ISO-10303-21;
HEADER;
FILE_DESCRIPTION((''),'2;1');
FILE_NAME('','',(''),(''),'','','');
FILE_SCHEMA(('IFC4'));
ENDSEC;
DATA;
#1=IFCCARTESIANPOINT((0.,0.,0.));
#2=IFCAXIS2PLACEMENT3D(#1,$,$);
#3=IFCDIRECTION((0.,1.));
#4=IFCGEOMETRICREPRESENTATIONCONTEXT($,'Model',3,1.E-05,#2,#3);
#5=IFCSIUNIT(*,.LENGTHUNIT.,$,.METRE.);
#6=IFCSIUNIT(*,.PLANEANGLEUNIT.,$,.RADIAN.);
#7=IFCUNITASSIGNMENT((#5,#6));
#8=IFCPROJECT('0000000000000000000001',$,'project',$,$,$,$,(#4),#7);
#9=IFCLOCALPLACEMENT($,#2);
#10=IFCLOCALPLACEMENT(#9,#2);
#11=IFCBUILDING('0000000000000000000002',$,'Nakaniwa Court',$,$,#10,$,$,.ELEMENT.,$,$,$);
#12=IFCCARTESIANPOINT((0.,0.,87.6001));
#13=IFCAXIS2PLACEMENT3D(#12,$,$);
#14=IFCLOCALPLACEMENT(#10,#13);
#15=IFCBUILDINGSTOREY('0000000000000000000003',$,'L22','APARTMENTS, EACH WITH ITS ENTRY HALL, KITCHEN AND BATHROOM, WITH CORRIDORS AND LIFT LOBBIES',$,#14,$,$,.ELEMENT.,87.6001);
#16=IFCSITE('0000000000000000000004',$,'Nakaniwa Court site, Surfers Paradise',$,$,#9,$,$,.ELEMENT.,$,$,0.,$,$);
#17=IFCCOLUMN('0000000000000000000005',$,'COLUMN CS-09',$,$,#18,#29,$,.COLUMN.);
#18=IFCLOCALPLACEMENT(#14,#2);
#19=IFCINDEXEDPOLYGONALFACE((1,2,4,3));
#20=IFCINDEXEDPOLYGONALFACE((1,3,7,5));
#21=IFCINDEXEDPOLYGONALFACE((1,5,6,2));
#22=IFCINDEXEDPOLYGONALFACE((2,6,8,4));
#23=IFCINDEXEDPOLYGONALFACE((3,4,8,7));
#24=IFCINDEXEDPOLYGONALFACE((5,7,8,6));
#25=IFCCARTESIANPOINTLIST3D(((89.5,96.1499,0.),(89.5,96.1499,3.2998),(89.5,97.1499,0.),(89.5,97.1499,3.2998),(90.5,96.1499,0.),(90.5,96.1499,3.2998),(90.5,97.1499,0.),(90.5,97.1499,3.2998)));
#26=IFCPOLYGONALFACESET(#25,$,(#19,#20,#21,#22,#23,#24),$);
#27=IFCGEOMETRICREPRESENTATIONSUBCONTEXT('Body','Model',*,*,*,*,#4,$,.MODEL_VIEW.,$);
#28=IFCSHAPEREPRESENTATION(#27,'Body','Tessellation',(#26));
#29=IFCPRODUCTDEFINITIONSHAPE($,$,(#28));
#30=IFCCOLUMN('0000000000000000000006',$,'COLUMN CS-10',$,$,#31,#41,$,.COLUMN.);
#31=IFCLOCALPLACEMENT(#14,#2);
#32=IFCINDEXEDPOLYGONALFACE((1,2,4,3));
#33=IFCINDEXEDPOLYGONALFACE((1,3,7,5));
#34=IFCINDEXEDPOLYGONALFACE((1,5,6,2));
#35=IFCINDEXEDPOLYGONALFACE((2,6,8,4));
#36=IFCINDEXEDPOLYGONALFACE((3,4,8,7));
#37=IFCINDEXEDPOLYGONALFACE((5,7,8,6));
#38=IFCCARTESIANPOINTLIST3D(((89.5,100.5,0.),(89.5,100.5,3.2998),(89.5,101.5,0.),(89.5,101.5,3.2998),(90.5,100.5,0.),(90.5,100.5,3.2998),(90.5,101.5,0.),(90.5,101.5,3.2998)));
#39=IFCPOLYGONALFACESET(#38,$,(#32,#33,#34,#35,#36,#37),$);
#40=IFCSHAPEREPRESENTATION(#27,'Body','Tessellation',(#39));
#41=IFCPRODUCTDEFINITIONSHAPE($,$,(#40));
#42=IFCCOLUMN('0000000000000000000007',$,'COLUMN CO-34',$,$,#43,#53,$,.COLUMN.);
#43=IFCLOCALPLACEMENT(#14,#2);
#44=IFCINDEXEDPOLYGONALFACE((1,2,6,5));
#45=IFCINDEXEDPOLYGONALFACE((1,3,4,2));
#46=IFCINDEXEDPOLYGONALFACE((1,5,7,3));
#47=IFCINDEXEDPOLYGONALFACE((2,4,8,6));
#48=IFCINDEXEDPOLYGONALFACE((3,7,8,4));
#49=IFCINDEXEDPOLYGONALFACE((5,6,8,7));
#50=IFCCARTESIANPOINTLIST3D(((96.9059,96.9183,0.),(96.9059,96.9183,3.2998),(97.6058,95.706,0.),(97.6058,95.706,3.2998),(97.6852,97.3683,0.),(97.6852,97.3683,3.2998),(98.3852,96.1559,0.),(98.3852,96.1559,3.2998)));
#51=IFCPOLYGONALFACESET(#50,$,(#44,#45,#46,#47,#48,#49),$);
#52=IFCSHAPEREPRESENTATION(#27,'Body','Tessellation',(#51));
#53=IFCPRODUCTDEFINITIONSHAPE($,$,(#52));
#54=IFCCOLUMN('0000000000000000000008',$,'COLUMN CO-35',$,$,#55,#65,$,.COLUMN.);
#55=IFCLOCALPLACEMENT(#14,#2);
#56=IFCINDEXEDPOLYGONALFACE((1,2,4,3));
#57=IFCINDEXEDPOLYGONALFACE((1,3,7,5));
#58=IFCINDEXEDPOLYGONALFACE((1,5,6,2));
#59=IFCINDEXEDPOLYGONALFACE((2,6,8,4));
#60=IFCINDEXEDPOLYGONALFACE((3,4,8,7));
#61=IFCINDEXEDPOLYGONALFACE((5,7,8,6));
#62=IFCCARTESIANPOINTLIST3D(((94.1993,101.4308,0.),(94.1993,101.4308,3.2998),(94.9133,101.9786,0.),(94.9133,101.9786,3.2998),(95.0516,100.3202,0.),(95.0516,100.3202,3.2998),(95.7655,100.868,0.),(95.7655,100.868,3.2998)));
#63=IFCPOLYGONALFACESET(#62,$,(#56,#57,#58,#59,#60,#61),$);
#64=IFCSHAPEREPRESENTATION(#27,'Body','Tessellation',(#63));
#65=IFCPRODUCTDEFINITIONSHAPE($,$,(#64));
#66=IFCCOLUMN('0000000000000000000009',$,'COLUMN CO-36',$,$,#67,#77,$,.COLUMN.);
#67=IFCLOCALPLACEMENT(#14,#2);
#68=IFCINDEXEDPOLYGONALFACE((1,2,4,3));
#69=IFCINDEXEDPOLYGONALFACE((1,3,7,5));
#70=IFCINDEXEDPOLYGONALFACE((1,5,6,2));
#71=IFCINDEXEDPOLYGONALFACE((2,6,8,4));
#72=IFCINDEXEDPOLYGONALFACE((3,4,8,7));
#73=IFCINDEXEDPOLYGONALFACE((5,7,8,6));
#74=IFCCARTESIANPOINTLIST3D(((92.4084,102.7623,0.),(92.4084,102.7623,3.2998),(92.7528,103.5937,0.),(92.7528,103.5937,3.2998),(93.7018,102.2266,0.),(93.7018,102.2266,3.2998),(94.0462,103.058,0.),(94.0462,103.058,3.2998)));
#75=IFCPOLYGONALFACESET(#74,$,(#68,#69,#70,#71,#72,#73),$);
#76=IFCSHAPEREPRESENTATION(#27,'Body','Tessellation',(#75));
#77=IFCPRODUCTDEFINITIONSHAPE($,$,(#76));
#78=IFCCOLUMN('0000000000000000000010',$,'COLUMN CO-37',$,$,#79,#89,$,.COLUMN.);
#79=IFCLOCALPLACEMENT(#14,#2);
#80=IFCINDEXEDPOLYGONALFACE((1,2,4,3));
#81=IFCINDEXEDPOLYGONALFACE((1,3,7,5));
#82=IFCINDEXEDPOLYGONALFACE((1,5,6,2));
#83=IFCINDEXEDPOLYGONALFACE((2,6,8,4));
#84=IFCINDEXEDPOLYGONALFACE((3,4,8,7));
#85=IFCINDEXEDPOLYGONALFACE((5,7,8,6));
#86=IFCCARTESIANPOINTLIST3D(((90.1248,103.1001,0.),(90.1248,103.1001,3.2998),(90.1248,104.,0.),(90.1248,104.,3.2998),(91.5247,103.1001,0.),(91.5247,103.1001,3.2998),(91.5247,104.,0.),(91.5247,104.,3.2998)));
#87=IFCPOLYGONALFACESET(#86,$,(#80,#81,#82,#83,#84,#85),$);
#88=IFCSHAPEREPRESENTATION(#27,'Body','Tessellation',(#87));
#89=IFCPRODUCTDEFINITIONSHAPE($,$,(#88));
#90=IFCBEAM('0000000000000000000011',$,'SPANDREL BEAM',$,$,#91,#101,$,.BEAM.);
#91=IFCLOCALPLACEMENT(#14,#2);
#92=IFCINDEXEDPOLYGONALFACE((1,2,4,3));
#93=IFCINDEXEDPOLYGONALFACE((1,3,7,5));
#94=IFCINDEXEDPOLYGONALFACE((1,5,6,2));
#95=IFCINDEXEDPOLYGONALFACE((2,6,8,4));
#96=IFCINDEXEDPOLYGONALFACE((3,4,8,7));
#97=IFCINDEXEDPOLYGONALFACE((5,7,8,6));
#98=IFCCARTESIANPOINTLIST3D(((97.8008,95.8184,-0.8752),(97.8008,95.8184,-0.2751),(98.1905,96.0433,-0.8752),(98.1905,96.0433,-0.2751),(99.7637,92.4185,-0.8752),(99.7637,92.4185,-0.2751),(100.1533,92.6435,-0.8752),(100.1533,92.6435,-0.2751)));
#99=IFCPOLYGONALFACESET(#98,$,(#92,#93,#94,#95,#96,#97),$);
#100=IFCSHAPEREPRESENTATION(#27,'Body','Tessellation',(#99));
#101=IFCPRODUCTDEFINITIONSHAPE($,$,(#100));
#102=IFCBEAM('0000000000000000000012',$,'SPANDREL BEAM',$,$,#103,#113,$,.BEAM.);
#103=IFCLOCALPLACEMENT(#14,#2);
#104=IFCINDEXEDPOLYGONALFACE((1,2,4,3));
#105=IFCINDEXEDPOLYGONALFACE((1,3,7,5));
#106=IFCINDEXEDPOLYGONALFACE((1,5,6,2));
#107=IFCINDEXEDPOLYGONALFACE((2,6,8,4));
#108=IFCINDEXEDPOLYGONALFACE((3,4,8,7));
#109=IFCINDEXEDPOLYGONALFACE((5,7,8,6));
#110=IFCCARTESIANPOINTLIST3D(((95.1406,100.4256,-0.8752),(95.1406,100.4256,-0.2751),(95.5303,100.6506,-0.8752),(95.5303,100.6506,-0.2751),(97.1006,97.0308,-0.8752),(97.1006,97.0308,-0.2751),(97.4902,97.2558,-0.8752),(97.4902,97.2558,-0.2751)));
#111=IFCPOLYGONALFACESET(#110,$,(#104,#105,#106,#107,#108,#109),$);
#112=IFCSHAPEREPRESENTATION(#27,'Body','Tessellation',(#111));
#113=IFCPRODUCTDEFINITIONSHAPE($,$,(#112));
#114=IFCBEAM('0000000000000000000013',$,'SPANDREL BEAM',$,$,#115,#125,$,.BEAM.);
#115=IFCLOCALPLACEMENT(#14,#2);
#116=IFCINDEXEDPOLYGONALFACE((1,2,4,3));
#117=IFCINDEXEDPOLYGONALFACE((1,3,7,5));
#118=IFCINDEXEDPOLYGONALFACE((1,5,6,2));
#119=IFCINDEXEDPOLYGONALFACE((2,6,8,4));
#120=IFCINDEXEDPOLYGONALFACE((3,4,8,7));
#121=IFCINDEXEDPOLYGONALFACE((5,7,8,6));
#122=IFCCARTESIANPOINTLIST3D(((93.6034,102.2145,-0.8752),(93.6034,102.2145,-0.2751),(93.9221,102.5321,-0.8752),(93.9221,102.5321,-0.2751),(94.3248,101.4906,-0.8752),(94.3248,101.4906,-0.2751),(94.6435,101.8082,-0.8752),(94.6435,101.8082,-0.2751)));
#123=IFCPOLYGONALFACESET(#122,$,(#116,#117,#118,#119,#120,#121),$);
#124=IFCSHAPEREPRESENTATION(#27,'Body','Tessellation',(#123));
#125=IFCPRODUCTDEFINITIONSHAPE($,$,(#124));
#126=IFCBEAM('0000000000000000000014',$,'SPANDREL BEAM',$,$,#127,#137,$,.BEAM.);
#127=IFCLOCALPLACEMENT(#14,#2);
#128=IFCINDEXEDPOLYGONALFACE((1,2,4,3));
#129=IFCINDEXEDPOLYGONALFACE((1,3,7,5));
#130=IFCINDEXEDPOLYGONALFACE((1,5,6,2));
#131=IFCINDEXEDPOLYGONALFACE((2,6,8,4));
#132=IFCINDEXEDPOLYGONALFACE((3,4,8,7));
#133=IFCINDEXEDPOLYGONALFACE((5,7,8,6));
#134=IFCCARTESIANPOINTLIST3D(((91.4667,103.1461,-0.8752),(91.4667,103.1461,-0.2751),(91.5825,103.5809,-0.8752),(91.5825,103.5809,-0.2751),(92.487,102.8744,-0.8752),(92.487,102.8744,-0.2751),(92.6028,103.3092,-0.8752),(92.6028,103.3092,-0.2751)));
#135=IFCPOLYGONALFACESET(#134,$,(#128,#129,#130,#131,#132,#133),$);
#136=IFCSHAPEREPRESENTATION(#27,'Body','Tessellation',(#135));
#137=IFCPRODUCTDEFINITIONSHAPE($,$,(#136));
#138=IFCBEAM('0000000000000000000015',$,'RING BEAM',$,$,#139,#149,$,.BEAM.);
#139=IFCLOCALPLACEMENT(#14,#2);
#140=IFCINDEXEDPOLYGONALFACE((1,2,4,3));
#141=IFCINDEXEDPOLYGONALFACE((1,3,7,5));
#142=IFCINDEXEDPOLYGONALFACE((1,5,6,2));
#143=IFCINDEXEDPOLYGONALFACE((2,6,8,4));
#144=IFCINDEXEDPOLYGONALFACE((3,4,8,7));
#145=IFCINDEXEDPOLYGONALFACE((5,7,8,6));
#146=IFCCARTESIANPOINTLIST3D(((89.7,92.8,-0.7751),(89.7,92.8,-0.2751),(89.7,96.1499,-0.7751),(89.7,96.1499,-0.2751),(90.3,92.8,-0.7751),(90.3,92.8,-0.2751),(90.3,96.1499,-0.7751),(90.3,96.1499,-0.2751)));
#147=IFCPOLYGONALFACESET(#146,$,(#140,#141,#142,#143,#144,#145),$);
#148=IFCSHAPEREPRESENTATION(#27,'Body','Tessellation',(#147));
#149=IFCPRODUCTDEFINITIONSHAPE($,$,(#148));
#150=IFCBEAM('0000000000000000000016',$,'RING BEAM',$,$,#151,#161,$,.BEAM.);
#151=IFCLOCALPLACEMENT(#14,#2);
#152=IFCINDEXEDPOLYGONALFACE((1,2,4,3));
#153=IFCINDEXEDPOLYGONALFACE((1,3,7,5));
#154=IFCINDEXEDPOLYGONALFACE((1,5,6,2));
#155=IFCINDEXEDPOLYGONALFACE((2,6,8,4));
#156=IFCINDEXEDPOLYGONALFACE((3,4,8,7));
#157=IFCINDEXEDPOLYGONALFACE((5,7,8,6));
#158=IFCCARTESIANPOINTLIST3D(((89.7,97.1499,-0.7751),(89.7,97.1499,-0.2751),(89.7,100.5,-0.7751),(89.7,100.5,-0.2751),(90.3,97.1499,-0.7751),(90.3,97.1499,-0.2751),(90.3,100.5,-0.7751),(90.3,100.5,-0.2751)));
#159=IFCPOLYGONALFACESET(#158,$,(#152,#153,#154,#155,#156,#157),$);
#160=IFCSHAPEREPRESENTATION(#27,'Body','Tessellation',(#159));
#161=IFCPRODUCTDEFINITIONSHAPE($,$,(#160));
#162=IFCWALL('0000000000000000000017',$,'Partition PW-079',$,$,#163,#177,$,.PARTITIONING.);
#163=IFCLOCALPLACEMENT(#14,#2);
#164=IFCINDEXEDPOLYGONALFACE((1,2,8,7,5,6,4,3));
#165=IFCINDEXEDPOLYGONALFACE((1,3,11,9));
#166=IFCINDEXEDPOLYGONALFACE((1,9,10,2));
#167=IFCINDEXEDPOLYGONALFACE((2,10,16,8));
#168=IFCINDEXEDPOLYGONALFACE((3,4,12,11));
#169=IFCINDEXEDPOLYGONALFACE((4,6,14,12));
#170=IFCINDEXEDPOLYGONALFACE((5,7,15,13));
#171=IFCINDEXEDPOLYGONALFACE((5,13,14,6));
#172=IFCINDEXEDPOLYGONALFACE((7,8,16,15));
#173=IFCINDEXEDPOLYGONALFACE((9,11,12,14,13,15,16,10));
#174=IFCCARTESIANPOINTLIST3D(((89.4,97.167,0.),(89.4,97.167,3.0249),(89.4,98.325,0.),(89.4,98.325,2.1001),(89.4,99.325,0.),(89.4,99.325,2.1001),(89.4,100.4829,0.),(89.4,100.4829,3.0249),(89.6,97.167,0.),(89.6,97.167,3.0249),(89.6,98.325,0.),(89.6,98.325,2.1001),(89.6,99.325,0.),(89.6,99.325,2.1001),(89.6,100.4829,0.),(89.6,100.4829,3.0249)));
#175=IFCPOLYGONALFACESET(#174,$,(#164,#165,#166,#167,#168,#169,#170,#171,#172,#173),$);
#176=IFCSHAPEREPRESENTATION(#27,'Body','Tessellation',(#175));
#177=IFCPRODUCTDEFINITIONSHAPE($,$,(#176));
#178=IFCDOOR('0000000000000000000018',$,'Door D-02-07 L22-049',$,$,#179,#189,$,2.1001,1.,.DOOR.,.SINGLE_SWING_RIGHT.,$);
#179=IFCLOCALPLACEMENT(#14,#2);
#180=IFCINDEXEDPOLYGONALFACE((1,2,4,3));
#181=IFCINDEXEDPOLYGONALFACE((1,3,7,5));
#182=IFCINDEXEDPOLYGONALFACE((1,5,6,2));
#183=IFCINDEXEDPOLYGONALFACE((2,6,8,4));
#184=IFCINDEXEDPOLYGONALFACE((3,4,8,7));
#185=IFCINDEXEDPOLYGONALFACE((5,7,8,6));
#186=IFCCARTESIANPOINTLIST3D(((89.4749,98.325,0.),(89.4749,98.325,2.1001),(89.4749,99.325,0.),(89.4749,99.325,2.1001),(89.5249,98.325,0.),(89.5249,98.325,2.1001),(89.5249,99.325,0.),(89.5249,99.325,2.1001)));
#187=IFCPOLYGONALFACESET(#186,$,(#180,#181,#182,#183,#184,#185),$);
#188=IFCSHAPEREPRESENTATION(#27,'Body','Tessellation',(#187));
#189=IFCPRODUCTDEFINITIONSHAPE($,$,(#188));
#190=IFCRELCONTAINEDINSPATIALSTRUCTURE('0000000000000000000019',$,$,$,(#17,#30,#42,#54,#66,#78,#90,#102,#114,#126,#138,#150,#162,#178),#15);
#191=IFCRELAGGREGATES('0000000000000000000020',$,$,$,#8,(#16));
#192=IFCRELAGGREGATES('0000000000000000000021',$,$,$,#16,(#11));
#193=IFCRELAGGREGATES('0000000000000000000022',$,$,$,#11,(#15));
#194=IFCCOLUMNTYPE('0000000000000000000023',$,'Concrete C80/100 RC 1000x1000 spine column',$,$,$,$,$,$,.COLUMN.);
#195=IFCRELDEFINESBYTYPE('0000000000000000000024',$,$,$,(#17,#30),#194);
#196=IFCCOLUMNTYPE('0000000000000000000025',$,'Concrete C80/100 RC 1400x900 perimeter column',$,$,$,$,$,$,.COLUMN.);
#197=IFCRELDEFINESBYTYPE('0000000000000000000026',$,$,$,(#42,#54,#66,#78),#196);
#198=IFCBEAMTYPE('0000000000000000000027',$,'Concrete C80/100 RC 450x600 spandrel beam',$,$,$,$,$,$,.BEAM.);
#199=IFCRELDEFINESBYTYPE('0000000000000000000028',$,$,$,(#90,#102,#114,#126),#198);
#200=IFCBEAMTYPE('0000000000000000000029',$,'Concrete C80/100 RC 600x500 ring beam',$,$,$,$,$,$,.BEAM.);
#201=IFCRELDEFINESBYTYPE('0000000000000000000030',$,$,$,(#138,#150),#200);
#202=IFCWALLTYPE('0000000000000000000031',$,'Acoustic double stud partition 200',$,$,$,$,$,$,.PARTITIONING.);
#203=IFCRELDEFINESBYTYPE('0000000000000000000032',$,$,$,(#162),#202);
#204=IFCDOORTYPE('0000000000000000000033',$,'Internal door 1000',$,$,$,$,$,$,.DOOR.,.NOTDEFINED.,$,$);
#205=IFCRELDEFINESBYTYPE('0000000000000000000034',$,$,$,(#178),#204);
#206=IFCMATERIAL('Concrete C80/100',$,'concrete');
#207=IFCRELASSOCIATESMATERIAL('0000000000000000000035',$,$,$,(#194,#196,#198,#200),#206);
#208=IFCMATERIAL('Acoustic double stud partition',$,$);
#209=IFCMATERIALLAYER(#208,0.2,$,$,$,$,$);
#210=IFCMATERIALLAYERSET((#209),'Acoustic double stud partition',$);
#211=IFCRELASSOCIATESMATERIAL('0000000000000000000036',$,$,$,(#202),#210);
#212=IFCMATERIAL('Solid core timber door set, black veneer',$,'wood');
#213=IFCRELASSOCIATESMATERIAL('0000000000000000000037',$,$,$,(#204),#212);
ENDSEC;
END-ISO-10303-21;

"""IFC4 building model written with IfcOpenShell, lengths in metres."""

from ifc_helpers import new_model, si_unit, direction, frame, frame_2d, origin, origin_2d, place, context, subcontext, project, spatial, rectangle, extrude, material, layer, layer_set, material_profile, profile_set, type_object, element, fill, save


model = new_model("IFC4")

# Units and contexts
model_context = context("Model", 3, precision=1e-05, world=origin(), true_north=direction((0.0, 1.0)))
body_context = subcontext(model_context, "Body", "Model", "MODEL_VIEW")
ifc_project = project(units=[si_unit("LENGTHUNIT", "METRE"), si_unit("PLANEANGLEUNIT", "RADIAN")], contexts=[model_context])

# Site, building, storey
site_placement = place(None, origin())
site = spatial("IfcSite", under=ifc_project, at=site_placement, Name="Nakaniwa Court site, Surfers Paradise", CompositionType="ELEMENT", RefElevation=0.0)
building_placement = place(site_placement, origin())
building = spatial("IfcBuilding", under=site, at=building_placement, Name="Nakaniwa Court", CompositionType="ELEMENT")
storey_placement = place(building_placement, frame((0.0, 0.0, 87.6001)))
storey = spatial("IfcBuildingStorey", under=building, at=storey_placement, Name="L22", Description="APARTMENTS, EACH WITH ITS ENTRY HALL, KITCHEN AND BATHROOM, WITH CORRIDORS AND LIFT LOBBIES", CompositionType="ELEMENT", Elevation=87.6001)

# Columns
ifc_material_1 = material(Name="Concrete C80/100", Category="concrete")
ifc_material_profile_1 = material_profile(ifc_material_1, rectangle(XDim=1.0, YDim=1.0, at=origin_2d()), Name="Concrete C80/100 RC 1000x1000 spine column")
ifc_profile_set_1 = profile_set([ifc_material_profile_1], Name="Concrete C80/100")
column_type_1 = type_object("IfcColumnType", Name="Concrete C80/100 RC 1000x1000 spine column", PredefinedType="COLUMN", material=ifc_profile_set_1)
for number, where, z_axis, x_axis, name in (
    (1, (90.0, 96.6499, 0.0), (0.0, 0.0, 1.0), (0.0, 1.0, 0.0), "COLUMN CS-09"),
    (2, (90.0, 101.0, 0.0), (0.0, 0.0, 1.0), (0.0, 1.0, 0.0), "COLUMN CS-10"),
):
    element("IfcColumn", number, at=place(storey_placement, frame(where, z_axis=z_axis, x_axis=x_axis)), inside=storey, type_object=column_type_1, Name=name, PredefinedType="COLUMN", context=body_context, shape_type="SweptSolid", body=[
        extrude(rectangle(XDim=1.0, YDim=1.0, at=origin_2d()), origin(), (0.0, 0.0, 1.0), 3.2998),
    ])
ifc_material_profile_2 = material_profile(ifc_material_1, rectangle(XDim=1.3999, YDim=0.8999, at=origin_2d()), Name="Concrete C80/100 RC 1400x900 perimeter column")
ifc_profile_set_2 = profile_set([ifc_material_profile_2], Name="Concrete C80/100")
column_type_2 = type_object("IfcColumnType", Name="Concrete C80/100 RC 1400x900 perimeter column", PredefinedType="COLUMN", material=ifc_profile_set_2)
for number, where, z_axis, x_axis, name in (
    (3, (97.6455, 96.5371, 0.0), (0.0, 0.0, 1.0), (-0.5, 0.866025, 0.0), "COLUMN CO-34"),
    (4, (94.9824, 101.1494, 0.0), (0.0, 0.0, 1.0), (-0.608761, 0.793353, 0.0), "COLUMN CO-35"),
    (5, (93.2273, 102.9102, 0.0), (0.0, 0.0, 1.0), (-0.92388, 0.382683, 0.0), "COLUMN CO-36"),
    (6, (90.8247, 103.55, 0.0), (0.0, 0.0, 1.0), (-1.0, 0.0, 0.0), "COLUMN CO-37"),
):
    element("IfcColumn", number, at=place(storey_placement, frame(where, z_axis=z_axis, x_axis=x_axis)), inside=storey, type_object=column_type_2, Name=name, PredefinedType="COLUMN", context=body_context, shape_type="SweptSolid", body=[
        extrude(rectangle(XDim=1.3999, YDim=0.8999, at=origin_2d()), origin(), (0.0, 0.0, 1.0), 3.2998),
    ])

# Beams
ifc_material_profile_3 = material_profile(ifc_material_1, rectangle(XDim=0.45, YDim=0.6001, at=origin_2d()), Name="Concrete C80/100 RC 450x600 spandrel beam")
ifc_profile_set_3 = profile_set([ifc_material_profile_3], Name="Concrete C80/100")
beam_type_1 = type_object("IfcBeamType", Name="Concrete C80/100 RC 450x600 spandrel beam", PredefinedType="BEAM", material=ifc_profile_set_3)
beam_1_placement = place(storey_placement, frame((99.9585, 92.531, -0.5752), z_axis=(-0.499992, 0.86603, 0.0), x_axis=(-0.86603, -0.499992, 0.0)))
element("IfcBeam", 7, at=beam_1_placement, inside=storey, type_object=beam_type_1, Name="SPANDREL BEAM", PredefinedType="BEAM", context=body_context, shape_type="SweptSolid", body=[
    extrude(rectangle(XDim=0.45, YDim=0.6001, at=origin_2d()), origin(), (0.0, 0.0, 1.0), 3.9258),
])
beam_2_placement = place(storey_placement, frame((97.2954, 97.1433, -0.5752), z_axis=(-0.499997, 0.866027, 0.0), x_axis=(-0.866027, -0.499997, 0.0)))
element("IfcBeam", 8, at=beam_2_placement, inside=storey, type_object=beam_type_1, Name="SPANDREL BEAM", PredefinedType="BEAM", context=body_context, shape_type="SweptSolid", body=[
    extrude(rectangle(XDim=0.45, YDim=0.6001, at=origin_2d()), origin(), (0.0, 0.0, 1.0), 3.9199),
])
beam_3_placement = place(storey_placement, frame((94.4841, 101.6494, -0.5752), z_axis=(-0.705911, 0.7083, 0.0), x_axis=(-0.7083, -0.705911, 0.0)))
element("IfcBeam", 9, at=beam_3_placement, inside=storey, type_object=beam_type_1, Name="SPANDREL BEAM", PredefinedType="BEAM", context=body_context, shape_type="SweptSolid", body=[
    extrude(rectangle(XDim=0.45, YDim=0.6001, at=origin_2d()), origin(), (0.0, 0.0, 1.0), 1.022),
])
beam_4_placement = place(storey_placement, frame((92.5449, 103.0918, -0.5752), z_axis=(-0.966315, 0.25736, 0.0), x_axis=(-0.25736, -0.966315, 0.0)))
element("IfcBeam", 10, at=beam_4_placement, inside=storey, type_object=beam_type_1, Name="SPANDREL BEAM", PredefinedType="BEAM", context=body_context, shape_type="SweptSolid", body=[
    extrude(rectangle(XDim=0.45, YDim=0.6001, at=origin_2d()), origin(), (0.0, 0.0, 1.0), 1.0559),
])
ifc_material_profile_4 = material_profile(ifc_material_1, rectangle(XDim=0.6001, YDim=0.5, at=origin_2d()), Name="Concrete C80/100 RC 600x500 ring beam")
ifc_profile_set_4 = profile_set([ifc_material_profile_4], Name="Concrete C80/100")
beam_type_2 = type_object("IfcBeamType", Name="Concrete C80/100 RC 600x500 ring beam", PredefinedType="BEAM", material=ifc_profile_set_4)
beam_5_placement = place(storey_placement, frame((90.0, 92.8, -0.5251), z_axis=(0.0, 1.0, 0.0), x_axis=(-1.0, 0.0, 0.0)))
element("IfcBeam", 11, at=beam_5_placement, inside=storey, type_object=beam_type_2, Name="RING BEAM", PredefinedType="BEAM", context=body_context, shape_type="SweptSolid", body=[
    extrude(rectangle(XDim=0.6001, YDim=0.5, at=origin_2d()), origin(), (0.0, 0.0, 1.0), 3.3499),
])
beam_6_placement = place(storey_placement, frame((90.0, 97.1499, -0.5251), z_axis=(0.0, 1.0, 0.0), x_axis=(-1.0, 0.0, 0.0)))
element("IfcBeam", 12, at=beam_6_placement, inside=storey, type_object=beam_type_2, Name="RING BEAM", PredefinedType="BEAM", context=body_context, shape_type="SweptSolid", body=[
    extrude(rectangle(XDim=0.6001, YDim=0.5, at=origin_2d()), origin(), (0.0, 0.0, 1.0), 3.3501),
])

# Wall, opening, door
ifc_material_2 = material(Name="Acoustic double stud partition")
ifc_layer_1 = layer(ifc_material_2, 0.2)
ifc_layer_set_1 = layer_set([ifc_layer_1], Name="Acoustic double stud partition")
wall_type_1 = type_object("IfcWallType", Name="Acoustic double stud partition 200", PredefinedType="PARTITIONING", material=ifc_layer_set_1)
wall_1_placement = place(storey_placement, frame((89.5, 100.4829, 0.0), z_axis=(0.0, 0.0, 1.0), x_axis=(0.0, -1.0, 0.0)))
wall_1 = element("IfcWall", 13, at=wall_1_placement, inside=storey, type_object=wall_type_1, Name="Partition PW-079", PredefinedType="PARTITIONING", context=body_context, shape_type="SweptSolid", body=[
    extrude(rectangle(XDim=3.3159, YDim=0.2, at=frame_2d((1.658, 0.0))), origin(), (0.0, 0.0, 1.0), 3.0249),
])
opening_1_placement = place(wall_1_placement, frame((1.158, 0.0, 0.0)))
opening_1 = element("IfcOpeningElement", 14, at=opening_1_placement, cuts=wall_1, PredefinedType="OPENING", context=body_context, shape_type="SweptSolid", body=[
    extrude(rectangle(XDim=1.0, YDim=2.1001, at=frame_2d((0.5, 1.05))), frame((0.0, 0.1099, 0.0), z_axis=(0.0, -1.0, 0.0), x_axis=(1.0, 0.0, 0.0)), (0.0, 0.0, 1.0), 0.22),
])
ifc_material_3 = material(Name="Solid core timber door set, black veneer", Category="wood")
door_type = type_object("IfcDoorType", Name="Internal door 1000", OperationType="NOTDEFINED", PredefinedType="DOOR", material=ifc_material_3)
door_placement = place(opening_1_placement, origin())
door = element("IfcDoor", 15, at=door_placement, inside=storey, type_object=door_type, Name="Door D-02-07 L22-049", OperationType="SINGLE_SWING_RIGHT", OverallHeight=2.1001, OverallWidth=1.0, PredefinedType="DOOR", context=body_context, shape_type="SweptSolid", body=[
    extrude(rectangle(XDim=1.0, YDim=2.1001, at=frame_2d((0.5, 1.05))), frame((0.0, 0.0249, 0.0), z_axis=(0.0, -1.0, 0.0), x_axis=(1.0, 0.0, 0.0)), (0.0, 0.0, 1.0), 0.05),
])
fill(opening_1, door)

save(model, "model.ifc")
